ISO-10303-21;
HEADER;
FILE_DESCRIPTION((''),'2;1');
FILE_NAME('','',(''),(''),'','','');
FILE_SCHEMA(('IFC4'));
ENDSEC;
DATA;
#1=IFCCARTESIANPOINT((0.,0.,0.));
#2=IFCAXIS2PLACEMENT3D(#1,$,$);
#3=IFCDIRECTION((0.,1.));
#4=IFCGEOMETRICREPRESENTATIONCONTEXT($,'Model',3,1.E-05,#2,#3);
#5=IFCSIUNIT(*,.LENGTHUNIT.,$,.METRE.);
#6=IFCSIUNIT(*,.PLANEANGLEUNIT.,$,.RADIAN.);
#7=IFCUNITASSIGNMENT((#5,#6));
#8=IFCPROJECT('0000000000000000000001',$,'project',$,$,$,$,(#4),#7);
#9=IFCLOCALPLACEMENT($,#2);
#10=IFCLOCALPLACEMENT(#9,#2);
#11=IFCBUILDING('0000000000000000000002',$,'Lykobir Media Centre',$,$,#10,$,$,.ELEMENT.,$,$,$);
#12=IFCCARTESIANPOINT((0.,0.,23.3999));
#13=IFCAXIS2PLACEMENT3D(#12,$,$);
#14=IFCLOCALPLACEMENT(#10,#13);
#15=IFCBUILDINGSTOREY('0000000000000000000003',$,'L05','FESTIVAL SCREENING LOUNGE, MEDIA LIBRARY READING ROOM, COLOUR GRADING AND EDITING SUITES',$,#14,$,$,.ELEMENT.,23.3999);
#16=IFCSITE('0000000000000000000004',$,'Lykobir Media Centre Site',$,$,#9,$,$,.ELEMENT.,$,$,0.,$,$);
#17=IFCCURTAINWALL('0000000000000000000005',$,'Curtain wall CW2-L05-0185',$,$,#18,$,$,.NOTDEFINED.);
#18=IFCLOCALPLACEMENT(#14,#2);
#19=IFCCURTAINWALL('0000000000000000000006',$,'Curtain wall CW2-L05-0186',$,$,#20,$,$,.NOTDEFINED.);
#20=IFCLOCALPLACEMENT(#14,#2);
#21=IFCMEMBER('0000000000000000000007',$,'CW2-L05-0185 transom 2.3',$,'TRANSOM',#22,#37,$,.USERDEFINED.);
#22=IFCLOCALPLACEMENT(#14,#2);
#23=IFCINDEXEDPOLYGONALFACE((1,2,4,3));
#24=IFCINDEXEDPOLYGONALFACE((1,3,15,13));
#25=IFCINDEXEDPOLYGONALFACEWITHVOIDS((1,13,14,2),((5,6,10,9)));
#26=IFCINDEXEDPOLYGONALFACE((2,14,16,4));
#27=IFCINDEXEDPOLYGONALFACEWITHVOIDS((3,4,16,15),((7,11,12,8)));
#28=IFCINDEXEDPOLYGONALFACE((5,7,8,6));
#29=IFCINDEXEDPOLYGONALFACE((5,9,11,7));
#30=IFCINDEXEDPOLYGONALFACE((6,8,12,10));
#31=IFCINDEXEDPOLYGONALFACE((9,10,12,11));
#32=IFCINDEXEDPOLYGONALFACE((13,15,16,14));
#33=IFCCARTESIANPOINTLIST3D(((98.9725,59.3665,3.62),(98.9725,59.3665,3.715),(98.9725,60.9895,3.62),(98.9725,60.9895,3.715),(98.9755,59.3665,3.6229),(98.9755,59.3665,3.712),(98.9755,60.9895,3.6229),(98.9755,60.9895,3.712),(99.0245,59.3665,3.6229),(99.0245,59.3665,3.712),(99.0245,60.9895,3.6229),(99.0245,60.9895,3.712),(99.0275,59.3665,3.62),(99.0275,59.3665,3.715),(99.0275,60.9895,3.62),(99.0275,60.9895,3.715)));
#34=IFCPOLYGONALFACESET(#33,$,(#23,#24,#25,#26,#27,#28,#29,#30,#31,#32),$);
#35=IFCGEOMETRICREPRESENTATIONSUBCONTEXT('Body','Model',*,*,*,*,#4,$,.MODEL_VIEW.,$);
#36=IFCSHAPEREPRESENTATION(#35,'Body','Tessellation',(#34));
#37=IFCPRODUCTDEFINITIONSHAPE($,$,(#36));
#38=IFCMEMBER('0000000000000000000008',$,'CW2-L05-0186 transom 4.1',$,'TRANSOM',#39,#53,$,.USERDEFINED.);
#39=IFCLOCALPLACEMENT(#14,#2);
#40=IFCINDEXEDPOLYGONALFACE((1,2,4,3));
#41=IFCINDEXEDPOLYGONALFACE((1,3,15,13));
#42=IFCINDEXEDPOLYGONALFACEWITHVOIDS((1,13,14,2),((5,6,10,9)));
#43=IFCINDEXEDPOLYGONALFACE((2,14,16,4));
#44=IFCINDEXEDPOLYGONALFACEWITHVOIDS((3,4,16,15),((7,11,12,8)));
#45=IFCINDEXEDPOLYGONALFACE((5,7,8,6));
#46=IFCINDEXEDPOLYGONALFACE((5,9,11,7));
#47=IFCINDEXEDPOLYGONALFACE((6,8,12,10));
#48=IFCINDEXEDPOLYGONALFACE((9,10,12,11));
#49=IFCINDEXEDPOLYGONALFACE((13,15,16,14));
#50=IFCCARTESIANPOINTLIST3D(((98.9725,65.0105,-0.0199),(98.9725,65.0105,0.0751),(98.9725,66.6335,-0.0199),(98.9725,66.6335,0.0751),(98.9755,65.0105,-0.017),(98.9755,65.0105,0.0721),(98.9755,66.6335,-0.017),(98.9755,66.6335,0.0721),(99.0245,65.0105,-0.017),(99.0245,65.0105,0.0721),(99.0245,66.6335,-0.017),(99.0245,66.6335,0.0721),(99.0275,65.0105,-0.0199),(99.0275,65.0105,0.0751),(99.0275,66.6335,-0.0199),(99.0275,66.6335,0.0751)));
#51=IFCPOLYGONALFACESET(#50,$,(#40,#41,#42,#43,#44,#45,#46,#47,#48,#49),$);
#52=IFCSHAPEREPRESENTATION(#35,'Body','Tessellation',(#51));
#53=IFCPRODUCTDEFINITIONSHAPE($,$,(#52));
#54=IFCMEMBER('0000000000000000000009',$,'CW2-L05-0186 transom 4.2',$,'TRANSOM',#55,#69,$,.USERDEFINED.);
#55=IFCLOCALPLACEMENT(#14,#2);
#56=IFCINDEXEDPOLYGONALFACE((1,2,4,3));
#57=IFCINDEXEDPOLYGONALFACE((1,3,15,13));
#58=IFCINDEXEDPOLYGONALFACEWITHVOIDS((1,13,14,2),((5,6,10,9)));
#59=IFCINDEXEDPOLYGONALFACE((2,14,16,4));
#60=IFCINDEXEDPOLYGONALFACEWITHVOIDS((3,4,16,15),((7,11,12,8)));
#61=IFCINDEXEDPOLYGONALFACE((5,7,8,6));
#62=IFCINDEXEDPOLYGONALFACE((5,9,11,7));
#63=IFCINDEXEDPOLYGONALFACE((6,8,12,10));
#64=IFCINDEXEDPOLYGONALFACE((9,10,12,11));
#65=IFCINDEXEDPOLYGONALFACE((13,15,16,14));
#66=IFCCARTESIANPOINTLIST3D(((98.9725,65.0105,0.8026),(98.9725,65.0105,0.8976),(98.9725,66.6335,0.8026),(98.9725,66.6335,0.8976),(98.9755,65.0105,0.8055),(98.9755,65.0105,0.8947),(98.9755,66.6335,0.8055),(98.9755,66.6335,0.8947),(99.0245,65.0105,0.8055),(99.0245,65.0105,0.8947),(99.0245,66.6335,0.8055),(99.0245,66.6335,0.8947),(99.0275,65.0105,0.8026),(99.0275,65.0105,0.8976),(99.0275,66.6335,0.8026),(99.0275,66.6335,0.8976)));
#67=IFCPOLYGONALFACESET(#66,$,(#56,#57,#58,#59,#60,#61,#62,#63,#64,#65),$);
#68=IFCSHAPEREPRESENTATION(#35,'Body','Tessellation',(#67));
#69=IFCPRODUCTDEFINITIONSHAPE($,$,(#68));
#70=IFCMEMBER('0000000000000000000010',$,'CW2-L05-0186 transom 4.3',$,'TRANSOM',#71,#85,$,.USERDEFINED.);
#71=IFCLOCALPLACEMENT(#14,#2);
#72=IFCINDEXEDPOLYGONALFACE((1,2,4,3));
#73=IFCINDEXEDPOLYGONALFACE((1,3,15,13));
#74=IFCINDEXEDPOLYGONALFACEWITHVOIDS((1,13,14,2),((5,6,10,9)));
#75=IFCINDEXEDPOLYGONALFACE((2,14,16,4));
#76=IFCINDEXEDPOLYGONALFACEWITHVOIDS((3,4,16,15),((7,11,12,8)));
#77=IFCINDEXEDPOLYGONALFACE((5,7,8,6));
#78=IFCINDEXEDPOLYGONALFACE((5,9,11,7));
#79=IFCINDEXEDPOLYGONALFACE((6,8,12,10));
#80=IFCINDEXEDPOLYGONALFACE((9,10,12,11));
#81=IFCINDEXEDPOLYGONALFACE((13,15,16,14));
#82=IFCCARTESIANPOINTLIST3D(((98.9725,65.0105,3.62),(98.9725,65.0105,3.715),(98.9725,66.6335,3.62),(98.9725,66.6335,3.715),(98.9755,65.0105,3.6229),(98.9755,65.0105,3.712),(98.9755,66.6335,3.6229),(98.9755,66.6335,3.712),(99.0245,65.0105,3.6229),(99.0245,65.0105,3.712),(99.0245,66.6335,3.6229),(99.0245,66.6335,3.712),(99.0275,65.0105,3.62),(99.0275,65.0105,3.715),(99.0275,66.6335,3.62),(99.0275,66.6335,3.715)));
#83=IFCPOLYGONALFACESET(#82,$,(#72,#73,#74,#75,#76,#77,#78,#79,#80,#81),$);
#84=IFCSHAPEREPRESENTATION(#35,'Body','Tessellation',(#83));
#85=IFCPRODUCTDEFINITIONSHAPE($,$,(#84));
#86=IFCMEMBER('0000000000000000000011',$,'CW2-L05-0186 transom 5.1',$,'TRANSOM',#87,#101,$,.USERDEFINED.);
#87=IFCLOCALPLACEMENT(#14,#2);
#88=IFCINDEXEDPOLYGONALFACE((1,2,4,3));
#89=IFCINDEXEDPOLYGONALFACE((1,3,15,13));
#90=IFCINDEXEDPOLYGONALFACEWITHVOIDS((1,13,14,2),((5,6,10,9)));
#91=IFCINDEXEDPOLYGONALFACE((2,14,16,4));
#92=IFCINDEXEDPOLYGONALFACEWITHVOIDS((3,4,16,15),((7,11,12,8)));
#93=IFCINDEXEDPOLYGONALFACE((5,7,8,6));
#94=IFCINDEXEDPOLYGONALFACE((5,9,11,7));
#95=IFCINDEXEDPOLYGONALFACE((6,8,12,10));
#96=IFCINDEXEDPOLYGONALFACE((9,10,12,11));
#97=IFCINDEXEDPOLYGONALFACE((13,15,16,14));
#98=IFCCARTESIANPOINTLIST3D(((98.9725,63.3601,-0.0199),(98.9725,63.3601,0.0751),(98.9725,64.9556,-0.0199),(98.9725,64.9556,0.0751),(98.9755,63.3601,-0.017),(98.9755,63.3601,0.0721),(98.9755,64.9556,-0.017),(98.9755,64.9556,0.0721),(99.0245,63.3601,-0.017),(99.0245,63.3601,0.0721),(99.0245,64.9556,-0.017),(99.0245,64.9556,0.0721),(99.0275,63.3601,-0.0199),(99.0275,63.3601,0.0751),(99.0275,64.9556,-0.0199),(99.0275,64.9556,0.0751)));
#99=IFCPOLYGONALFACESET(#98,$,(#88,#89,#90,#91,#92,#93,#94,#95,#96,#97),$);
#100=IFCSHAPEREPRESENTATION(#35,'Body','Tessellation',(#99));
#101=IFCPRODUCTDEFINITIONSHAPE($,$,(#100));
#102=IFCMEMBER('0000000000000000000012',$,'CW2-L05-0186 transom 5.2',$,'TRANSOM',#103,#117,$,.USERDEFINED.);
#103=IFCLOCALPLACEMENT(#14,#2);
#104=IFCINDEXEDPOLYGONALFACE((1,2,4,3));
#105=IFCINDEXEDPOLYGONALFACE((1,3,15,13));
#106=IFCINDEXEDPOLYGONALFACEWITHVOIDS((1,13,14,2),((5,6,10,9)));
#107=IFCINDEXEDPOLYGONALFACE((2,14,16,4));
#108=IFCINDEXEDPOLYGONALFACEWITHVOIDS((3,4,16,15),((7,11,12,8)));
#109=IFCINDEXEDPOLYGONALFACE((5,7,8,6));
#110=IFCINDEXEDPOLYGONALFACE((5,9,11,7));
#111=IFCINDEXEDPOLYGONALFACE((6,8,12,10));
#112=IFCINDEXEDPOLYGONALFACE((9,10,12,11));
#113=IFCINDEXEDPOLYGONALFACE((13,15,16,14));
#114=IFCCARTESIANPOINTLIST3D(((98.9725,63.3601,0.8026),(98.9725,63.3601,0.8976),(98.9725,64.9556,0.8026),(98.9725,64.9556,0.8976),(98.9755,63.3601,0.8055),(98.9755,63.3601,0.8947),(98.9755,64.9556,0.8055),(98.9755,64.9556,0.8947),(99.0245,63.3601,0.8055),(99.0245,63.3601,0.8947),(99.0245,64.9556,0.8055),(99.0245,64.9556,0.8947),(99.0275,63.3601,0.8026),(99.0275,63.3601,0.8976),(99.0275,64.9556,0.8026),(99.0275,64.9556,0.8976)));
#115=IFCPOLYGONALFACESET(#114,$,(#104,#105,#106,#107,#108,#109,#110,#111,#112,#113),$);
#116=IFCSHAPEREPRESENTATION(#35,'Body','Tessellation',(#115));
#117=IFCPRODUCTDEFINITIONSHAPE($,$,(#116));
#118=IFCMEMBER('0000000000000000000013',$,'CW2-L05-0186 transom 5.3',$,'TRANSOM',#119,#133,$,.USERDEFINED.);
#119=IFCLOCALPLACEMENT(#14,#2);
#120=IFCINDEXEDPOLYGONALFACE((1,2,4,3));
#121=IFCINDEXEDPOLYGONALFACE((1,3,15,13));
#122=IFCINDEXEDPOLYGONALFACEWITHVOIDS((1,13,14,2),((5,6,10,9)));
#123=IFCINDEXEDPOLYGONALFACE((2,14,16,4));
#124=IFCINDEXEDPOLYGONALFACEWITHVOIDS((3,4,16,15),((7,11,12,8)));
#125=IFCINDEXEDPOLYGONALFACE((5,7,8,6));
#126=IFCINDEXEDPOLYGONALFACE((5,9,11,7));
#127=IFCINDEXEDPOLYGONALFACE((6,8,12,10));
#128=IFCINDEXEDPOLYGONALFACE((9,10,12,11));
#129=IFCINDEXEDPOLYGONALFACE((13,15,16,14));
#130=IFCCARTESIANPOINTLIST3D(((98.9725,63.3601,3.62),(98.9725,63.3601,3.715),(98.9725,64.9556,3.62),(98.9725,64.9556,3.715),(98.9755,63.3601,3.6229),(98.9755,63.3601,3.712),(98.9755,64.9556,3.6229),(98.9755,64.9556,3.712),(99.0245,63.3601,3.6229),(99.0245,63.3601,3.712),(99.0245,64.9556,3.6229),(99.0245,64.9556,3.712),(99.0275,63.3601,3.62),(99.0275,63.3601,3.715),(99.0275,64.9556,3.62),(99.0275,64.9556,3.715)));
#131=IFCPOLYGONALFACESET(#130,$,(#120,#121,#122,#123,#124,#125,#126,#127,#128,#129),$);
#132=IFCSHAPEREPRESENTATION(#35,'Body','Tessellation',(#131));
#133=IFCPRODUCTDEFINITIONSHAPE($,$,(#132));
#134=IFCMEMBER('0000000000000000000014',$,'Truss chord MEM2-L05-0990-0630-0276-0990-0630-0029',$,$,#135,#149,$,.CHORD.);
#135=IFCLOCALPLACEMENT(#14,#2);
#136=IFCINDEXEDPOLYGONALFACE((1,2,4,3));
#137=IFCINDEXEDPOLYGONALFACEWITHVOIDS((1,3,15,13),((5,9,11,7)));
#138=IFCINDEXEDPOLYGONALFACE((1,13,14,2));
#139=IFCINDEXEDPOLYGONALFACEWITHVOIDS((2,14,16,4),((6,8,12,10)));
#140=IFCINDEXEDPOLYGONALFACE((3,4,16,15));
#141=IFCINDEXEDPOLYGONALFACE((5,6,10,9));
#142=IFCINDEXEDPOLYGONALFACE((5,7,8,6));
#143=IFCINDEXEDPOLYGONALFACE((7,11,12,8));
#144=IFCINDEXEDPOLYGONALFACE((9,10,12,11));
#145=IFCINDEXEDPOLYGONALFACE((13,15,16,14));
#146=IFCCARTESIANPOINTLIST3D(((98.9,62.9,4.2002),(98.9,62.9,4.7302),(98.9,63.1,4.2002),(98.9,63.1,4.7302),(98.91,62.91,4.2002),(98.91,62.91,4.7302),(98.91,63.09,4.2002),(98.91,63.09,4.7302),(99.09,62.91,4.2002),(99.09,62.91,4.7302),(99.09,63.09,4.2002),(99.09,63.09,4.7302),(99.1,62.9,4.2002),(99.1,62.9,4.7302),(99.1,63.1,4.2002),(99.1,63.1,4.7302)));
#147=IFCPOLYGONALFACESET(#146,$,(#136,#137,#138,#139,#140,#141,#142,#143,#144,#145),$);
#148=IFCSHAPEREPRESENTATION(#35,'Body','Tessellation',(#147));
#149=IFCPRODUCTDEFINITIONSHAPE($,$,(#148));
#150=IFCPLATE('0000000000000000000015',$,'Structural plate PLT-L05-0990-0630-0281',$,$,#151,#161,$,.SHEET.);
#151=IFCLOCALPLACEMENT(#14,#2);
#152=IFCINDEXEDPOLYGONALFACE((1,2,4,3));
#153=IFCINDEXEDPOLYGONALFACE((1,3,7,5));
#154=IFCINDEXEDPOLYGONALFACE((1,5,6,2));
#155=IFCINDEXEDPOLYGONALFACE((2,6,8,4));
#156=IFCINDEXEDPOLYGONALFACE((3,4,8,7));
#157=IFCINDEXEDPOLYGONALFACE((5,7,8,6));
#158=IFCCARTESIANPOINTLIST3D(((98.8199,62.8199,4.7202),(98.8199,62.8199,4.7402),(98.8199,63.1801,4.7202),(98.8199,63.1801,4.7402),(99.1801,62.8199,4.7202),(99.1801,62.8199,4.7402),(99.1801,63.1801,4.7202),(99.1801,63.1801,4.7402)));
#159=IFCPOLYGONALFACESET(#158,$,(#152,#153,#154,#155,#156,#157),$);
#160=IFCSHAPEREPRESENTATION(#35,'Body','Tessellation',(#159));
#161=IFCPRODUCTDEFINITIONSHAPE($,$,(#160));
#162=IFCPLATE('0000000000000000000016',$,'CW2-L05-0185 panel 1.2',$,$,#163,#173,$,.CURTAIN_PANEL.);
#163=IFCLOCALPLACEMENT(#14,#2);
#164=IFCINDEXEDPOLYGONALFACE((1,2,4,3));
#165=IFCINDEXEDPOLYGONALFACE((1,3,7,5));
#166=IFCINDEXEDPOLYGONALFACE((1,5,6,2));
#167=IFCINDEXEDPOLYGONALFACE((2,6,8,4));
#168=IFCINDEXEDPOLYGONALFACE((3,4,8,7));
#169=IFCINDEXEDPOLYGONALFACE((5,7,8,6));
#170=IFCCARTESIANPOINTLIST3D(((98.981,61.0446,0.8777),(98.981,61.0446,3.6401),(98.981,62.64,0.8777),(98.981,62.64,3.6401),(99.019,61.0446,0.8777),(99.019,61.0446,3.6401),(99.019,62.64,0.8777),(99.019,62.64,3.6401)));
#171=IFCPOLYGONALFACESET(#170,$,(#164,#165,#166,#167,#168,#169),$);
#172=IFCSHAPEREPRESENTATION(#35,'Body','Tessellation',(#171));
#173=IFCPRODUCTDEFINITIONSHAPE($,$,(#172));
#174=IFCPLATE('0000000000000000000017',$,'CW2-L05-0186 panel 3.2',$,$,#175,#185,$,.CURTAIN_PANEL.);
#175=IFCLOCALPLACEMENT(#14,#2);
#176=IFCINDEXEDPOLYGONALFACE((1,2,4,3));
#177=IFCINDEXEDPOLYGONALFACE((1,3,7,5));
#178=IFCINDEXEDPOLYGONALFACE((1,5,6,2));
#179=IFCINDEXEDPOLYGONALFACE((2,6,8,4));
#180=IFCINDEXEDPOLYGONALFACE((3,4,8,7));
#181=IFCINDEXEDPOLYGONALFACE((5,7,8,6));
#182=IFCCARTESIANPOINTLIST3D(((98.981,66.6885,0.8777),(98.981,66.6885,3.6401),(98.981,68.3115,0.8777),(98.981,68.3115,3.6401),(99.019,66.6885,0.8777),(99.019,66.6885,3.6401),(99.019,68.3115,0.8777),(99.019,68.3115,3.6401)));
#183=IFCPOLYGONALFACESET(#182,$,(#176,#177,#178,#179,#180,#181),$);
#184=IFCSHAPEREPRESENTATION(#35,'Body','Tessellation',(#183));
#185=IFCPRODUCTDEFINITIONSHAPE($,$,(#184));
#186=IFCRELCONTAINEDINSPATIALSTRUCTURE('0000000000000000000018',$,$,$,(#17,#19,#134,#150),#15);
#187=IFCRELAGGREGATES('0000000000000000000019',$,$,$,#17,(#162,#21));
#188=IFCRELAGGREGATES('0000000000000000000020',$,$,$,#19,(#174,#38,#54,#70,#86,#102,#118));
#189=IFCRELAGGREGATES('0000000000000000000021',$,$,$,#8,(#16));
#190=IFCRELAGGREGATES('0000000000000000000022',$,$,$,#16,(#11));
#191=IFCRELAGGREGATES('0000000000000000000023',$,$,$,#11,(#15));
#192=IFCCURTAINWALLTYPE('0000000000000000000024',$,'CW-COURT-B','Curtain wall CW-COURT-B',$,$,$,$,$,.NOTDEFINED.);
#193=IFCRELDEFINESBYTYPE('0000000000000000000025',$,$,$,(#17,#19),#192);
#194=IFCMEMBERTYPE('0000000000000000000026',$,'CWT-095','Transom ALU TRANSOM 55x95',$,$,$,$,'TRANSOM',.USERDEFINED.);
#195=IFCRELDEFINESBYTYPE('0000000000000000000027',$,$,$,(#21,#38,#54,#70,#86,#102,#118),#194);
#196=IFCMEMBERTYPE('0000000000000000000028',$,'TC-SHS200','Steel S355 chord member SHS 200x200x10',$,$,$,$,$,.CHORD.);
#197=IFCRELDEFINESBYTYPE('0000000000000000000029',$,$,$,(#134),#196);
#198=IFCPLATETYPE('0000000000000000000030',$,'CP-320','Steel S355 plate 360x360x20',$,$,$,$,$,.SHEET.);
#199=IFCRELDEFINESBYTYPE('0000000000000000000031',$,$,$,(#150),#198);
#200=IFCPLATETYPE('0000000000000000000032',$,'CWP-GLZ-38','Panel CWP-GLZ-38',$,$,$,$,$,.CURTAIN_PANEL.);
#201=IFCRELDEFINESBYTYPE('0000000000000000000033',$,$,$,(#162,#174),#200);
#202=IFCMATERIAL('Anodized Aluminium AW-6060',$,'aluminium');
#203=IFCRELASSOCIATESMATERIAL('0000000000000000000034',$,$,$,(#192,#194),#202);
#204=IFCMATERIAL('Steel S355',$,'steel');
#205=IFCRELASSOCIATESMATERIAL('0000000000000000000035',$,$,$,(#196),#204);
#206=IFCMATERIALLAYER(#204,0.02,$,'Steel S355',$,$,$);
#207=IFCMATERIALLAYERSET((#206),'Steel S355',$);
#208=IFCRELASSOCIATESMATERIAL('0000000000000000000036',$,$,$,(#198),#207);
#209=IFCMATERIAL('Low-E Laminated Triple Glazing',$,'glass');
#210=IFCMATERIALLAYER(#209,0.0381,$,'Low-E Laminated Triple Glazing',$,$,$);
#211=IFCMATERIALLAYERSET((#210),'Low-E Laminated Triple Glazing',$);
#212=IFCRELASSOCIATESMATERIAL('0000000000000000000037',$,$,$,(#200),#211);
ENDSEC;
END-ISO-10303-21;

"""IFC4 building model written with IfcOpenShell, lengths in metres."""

from ifc_helpers import new_model, si_unit, direction, frame, origin, origin_2d, place, context, subcontext, project, spatial, rectangle, hollow_rectangle, extrude, material, layer, layer_set, material_profile, profile_set, type_object, element, aggregate, save


model = new_model("IFC4")

# Units and contexts
model_context = context("Model", 3, precision=1e-05, world=origin(), true_north=direction((0.0, 1.0)))
body_context = subcontext(model_context, "Body", "Model", "MODEL_VIEW")
ifc_project = project(units=[si_unit("LENGTHUNIT", "METRE"), si_unit("PLANEANGLEUNIT", "RADIAN")], contexts=[model_context])

# Site, building, storey
site_placement = place(None, origin())
site = spatial("IfcSite", under=ifc_project, at=site_placement, Name="Lykobir Media Centre Site", CompositionType="ELEMENT", RefElevation=0.0)
building_placement = place(site_placement, origin())
building = spatial("IfcBuilding", under=site, at=building_placement, Name="Lykobir Media Centre", CompositionType="ELEMENT")
storey_placement = place(building_placement, frame((0.0, 0.0, 23.3999)))
storey = spatial("IfcBuildingStorey", under=building, at=storey_placement, Name="L05", Description="FESTIVAL SCREENING LOUNGE, MEDIA LIBRARY READING ROOM, COLOUR GRADING AND EDITING SUITES", CompositionType="ELEMENT", Elevation=23.3999)

# Shared definitions
ifc_material_1 = material(Name="Steel S355", Category="steel")

# Curtain walls
ifc_material_2 = material(Name="Anodized Aluminium AW-6060", Category="aluminium")
curtain_wall_type = type_object("IfcCurtainWallType", Name="CW-COURT-B", Description="Curtain wall CW-COURT-B", PredefinedType="NOTDEFINED", material=ifc_material_2)
curtain_wall_1_placement = place(storey_placement, origin())
curtain_wall_1 = element("IfcCurtainWall", 1, at=curtain_wall_1_placement, inside=storey, type_object=curtain_wall_type, Name="Curtain wall CW2-L05-0185", PredefinedType="NOTDEFINED")
curtain_wall_2_placement = place(storey_placement, origin())
curtain_wall_2 = element("IfcCurtainWall", 2, at=curtain_wall_2_placement, inside=storey, type_object=curtain_wall_type, Name="Curtain wall CW2-L05-0186", PredefinedType="NOTDEFINED")

# Members
ifc_material_profile_1 = material_profile(ifc_material_2, hollow_rectangle(XDim=0.0549, YDim=0.095, WallThickness=0.0029, at=origin_2d()), Name="ALU TRANSOM 55x95")
ifc_profile_set_1 = profile_set([ifc_material_profile_1], Name="Anodized Aluminium AW-6060")
member_type_1 = type_object("IfcMemberType", Name="CWT-095", Description="Transom ALU TRANSOM 55x95", ElementType="TRANSOM", PredefinedType="USERDEFINED", material=ifc_profile_set_1)
member_1_placement = place(storey_placement, frame((99.0, 60.9895, 3.6675), z_axis=(0.0, -1.0, 0.0), x_axis=(1.0, 0.0, 0.0)))
member_1 = element("IfcMember", 3, at=member_1_placement, type_object=member_type_1, Name="CW2-L05-0185 transom 2.3", ObjectType="TRANSOM", PredefinedType="USERDEFINED", context=body_context, shape_type="SweptSolid", body=[
    extrude(hollow_rectangle(XDim=0.0549, YDim=0.095, WallThickness=0.0029, at=origin_2d()), origin(), (0.0, 0.0, 1.0), 1.623),
])
member_2_placement = place(storey_placement, frame((99.0, 66.6335, 0.0276), z_axis=(0.0, -1.0, 0.0), x_axis=(1.0, 0.0, 0.0)))
member_2 = element("IfcMember", 4, at=member_2_placement, type_object=member_type_1, Name="CW2-L05-0186 transom 4.1", ObjectType="TRANSOM", PredefinedType="USERDEFINED", context=body_context, shape_type="SweptSolid", body=[
    extrude(hollow_rectangle(XDim=0.0549, YDim=0.095, WallThickness=0.0029, at=origin_2d()), origin(), (0.0, 0.0, 1.0), 1.623),
])
member_3_placement = place(storey_placement, frame((99.0, 66.6335, 0.8501), z_axis=(0.0, -1.0, 0.0), x_axis=(1.0, 0.0, 0.0)))
member_3 = element("IfcMember", 5, at=member_3_placement, type_object=member_type_1, Name="CW2-L05-0186 transom 4.2", ObjectType="TRANSOM", PredefinedType="USERDEFINED", context=body_context, shape_type="SweptSolid", body=[
    extrude(hollow_rectangle(XDim=0.0549, YDim=0.095, WallThickness=0.0029, at=origin_2d()), origin(), (0.0, 0.0, 1.0), 1.623),
])
member_4_placement = place(storey_placement, frame((99.0, 66.6335, 3.6675), z_axis=(0.0, -1.0, 0.0), x_axis=(1.0, 0.0, 0.0)))
member_4 = element("IfcMember", 6, at=member_4_placement, type_object=member_type_1, Name="CW2-L05-0186 transom 4.3", ObjectType="TRANSOM", PredefinedType="USERDEFINED", context=body_context, shape_type="SweptSolid", body=[
    extrude(hollow_rectangle(XDim=0.0549, YDim=0.095, WallThickness=0.0029, at=origin_2d()), origin(), (0.0, 0.0, 1.0), 1.623),
])
member_5_placement = place(storey_placement, frame((99.0, 64.9556, 0.0276), z_axis=(0.0, -1.0, 0.0), x_axis=(1.0, 0.0, 0.0)))
member_5 = element("IfcMember", 7, at=member_5_placement, type_object=member_type_1, Name="CW2-L05-0186 transom 5.1", ObjectType="TRANSOM", PredefinedType="USERDEFINED", context=body_context, shape_type="SweptSolid", body=[
    extrude(hollow_rectangle(XDim=0.0549, YDim=0.095, WallThickness=0.0029, at=origin_2d()), origin(), (0.0, 0.0, 1.0), 1.5955),
])
member_6_placement = place(storey_placement, frame((99.0, 64.9556, 0.8501), z_axis=(0.0, -1.0, 0.0), x_axis=(1.0, 0.0, 0.0)))
member_6 = element("IfcMember", 8, at=member_6_placement, type_object=member_type_1, Name="CW2-L05-0186 transom 5.2", ObjectType="TRANSOM", PredefinedType="USERDEFINED", context=body_context, shape_type="SweptSolid", body=[
    extrude(hollow_rectangle(XDim=0.0549, YDim=0.095, WallThickness=0.0029, at=origin_2d()), origin(), (0.0, 0.0, 1.0), 1.5955),
])
member_7_placement = place(storey_placement, frame((99.0, 64.9556, 3.6675), z_axis=(0.0, -1.0, 0.0), x_axis=(1.0, 0.0, 0.0)))
member_7 = element("IfcMember", 9, at=member_7_placement, type_object=member_type_1, Name="CW2-L05-0186 transom 5.3", ObjectType="TRANSOM", PredefinedType="USERDEFINED", context=body_context, shape_type="SweptSolid", body=[
    extrude(hollow_rectangle(XDim=0.0549, YDim=0.095, WallThickness=0.0029, at=origin_2d()), origin(), (0.0, 0.0, 1.0), 1.5955),
])
ifc_material_profile_2 = material_profile(ifc_material_1, hollow_rectangle(XDim=0.2, YDim=0.2, WallThickness=0.01, at=origin_2d()), Name="SHS 200x200x10")
ifc_profile_set_2 = profile_set([ifc_material_profile_2], Name="Steel S355")
member_type_2 = type_object("IfcMemberType", Name="TC-SHS200", Description="Steel S355 chord member SHS 200x200x10", PredefinedType="CHORD", material=ifc_profile_set_2)
member_8_placement = place(storey_placement, frame((99.0, 63.0, 4.2002), z_axis=(0.0, 0.0, 1.0), x_axis=(1.0, 0.0, 0.0)))
element("IfcMember", 10, at=member_8_placement, inside=storey, type_object=member_type_2, Name="Truss chord MEM2-L05-0990-0630-0276-0990-0630-0029", PredefinedType="CHORD", context=body_context, shape_type="SweptSolid", body=[
    extrude(hollow_rectangle(XDim=0.2, YDim=0.2, WallThickness=0.01, at=origin_2d()), origin(), (0.0, 0.0, 1.0), 0.53),
])

# Plates
ifc_layer_1 = layer(ifc_material_1, 0.02, Name="Steel S355")
ifc_layer_set_1 = layer_set([ifc_layer_1], Name="Steel S355")
plate_type_1 = type_object("IfcPlateType", Name="CP-320", Description="Steel S355 plate 360x360x20", PredefinedType="SHEET", material=ifc_layer_set_1)
plate_1_placement = place(storey_placement, frame((99.0, 63.0, 4.7202), z_axis=(0.0, 0.0, 1.0), x_axis=(1.0, 0.0, 0.0)))
element("IfcPlate", 11, at=plate_1_placement, inside=storey, type_object=plate_type_1, Name="Structural plate PLT-L05-0990-0630-0281", PredefinedType="SHEET", context=body_context, shape_type="SweptSolid", body=[
    extrude(rectangle(XDim=0.3601, YDim=0.3601, at=origin_2d()), origin(), (0.0, 0.0, 1.0), 0.02),
])
ifc_material_3 = material(Name="Low-E Laminated Triple Glazing", Category="glass")
ifc_layer_2 = layer(ifc_material_3, 0.0381, Name="Low-E Laminated Triple Glazing")
ifc_layer_set_2 = layer_set([ifc_layer_2], Name="Low-E Laminated Triple Glazing")
plate_type_2 = type_object("IfcPlateType", Name="CWP-GLZ-38", Description="Panel CWP-GLZ-38", PredefinedType="CURTAIN_PANEL", material=ifc_layer_set_2)
plate_2_placement = place(storey_placement, frame((99.0, 61.8423, 0.8777), z_axis=(0.0, 0.0, 1.0), x_axis=(0.0, -1.0, 0.0)))
plate_2 = element("IfcPlate", 12, at=plate_2_placement, type_object=plate_type_2, Name="CW2-L05-0185 panel 1.2", PredefinedType="CURTAIN_PANEL", context=body_context, shape_type="SweptSolid", body=[
    extrude(rectangle(XDim=1.5955, YDim=0.0381, at=origin_2d()), origin(), (0.0, 0.0, 1.0), 2.7625),
])
plate_3_placement = place(storey_placement, frame((99.0, 67.5, 0.8777), z_axis=(0.0, 0.0, 1.0), x_axis=(0.0, -1.0, 0.0)))
plate_3 = element("IfcPlate", 13, at=plate_3_placement, type_object=plate_type_2, Name="CW2-L05-0186 panel 3.2", PredefinedType="CURTAIN_PANEL", context=body_context, shape_type="SweptSolid", body=[
    extrude(rectangle(XDim=1.623, YDim=0.0381, at=origin_2d()), origin(), (0.0, 0.0, 1.0), 2.7625),
])
aggregate(curtain_wall_1, [plate_2, member_1])
aggregate(curtain_wall_2, [plate_3, member_2, member_3, member_4, member_5, member_6, member_7])

save(model, "model.ifc")
